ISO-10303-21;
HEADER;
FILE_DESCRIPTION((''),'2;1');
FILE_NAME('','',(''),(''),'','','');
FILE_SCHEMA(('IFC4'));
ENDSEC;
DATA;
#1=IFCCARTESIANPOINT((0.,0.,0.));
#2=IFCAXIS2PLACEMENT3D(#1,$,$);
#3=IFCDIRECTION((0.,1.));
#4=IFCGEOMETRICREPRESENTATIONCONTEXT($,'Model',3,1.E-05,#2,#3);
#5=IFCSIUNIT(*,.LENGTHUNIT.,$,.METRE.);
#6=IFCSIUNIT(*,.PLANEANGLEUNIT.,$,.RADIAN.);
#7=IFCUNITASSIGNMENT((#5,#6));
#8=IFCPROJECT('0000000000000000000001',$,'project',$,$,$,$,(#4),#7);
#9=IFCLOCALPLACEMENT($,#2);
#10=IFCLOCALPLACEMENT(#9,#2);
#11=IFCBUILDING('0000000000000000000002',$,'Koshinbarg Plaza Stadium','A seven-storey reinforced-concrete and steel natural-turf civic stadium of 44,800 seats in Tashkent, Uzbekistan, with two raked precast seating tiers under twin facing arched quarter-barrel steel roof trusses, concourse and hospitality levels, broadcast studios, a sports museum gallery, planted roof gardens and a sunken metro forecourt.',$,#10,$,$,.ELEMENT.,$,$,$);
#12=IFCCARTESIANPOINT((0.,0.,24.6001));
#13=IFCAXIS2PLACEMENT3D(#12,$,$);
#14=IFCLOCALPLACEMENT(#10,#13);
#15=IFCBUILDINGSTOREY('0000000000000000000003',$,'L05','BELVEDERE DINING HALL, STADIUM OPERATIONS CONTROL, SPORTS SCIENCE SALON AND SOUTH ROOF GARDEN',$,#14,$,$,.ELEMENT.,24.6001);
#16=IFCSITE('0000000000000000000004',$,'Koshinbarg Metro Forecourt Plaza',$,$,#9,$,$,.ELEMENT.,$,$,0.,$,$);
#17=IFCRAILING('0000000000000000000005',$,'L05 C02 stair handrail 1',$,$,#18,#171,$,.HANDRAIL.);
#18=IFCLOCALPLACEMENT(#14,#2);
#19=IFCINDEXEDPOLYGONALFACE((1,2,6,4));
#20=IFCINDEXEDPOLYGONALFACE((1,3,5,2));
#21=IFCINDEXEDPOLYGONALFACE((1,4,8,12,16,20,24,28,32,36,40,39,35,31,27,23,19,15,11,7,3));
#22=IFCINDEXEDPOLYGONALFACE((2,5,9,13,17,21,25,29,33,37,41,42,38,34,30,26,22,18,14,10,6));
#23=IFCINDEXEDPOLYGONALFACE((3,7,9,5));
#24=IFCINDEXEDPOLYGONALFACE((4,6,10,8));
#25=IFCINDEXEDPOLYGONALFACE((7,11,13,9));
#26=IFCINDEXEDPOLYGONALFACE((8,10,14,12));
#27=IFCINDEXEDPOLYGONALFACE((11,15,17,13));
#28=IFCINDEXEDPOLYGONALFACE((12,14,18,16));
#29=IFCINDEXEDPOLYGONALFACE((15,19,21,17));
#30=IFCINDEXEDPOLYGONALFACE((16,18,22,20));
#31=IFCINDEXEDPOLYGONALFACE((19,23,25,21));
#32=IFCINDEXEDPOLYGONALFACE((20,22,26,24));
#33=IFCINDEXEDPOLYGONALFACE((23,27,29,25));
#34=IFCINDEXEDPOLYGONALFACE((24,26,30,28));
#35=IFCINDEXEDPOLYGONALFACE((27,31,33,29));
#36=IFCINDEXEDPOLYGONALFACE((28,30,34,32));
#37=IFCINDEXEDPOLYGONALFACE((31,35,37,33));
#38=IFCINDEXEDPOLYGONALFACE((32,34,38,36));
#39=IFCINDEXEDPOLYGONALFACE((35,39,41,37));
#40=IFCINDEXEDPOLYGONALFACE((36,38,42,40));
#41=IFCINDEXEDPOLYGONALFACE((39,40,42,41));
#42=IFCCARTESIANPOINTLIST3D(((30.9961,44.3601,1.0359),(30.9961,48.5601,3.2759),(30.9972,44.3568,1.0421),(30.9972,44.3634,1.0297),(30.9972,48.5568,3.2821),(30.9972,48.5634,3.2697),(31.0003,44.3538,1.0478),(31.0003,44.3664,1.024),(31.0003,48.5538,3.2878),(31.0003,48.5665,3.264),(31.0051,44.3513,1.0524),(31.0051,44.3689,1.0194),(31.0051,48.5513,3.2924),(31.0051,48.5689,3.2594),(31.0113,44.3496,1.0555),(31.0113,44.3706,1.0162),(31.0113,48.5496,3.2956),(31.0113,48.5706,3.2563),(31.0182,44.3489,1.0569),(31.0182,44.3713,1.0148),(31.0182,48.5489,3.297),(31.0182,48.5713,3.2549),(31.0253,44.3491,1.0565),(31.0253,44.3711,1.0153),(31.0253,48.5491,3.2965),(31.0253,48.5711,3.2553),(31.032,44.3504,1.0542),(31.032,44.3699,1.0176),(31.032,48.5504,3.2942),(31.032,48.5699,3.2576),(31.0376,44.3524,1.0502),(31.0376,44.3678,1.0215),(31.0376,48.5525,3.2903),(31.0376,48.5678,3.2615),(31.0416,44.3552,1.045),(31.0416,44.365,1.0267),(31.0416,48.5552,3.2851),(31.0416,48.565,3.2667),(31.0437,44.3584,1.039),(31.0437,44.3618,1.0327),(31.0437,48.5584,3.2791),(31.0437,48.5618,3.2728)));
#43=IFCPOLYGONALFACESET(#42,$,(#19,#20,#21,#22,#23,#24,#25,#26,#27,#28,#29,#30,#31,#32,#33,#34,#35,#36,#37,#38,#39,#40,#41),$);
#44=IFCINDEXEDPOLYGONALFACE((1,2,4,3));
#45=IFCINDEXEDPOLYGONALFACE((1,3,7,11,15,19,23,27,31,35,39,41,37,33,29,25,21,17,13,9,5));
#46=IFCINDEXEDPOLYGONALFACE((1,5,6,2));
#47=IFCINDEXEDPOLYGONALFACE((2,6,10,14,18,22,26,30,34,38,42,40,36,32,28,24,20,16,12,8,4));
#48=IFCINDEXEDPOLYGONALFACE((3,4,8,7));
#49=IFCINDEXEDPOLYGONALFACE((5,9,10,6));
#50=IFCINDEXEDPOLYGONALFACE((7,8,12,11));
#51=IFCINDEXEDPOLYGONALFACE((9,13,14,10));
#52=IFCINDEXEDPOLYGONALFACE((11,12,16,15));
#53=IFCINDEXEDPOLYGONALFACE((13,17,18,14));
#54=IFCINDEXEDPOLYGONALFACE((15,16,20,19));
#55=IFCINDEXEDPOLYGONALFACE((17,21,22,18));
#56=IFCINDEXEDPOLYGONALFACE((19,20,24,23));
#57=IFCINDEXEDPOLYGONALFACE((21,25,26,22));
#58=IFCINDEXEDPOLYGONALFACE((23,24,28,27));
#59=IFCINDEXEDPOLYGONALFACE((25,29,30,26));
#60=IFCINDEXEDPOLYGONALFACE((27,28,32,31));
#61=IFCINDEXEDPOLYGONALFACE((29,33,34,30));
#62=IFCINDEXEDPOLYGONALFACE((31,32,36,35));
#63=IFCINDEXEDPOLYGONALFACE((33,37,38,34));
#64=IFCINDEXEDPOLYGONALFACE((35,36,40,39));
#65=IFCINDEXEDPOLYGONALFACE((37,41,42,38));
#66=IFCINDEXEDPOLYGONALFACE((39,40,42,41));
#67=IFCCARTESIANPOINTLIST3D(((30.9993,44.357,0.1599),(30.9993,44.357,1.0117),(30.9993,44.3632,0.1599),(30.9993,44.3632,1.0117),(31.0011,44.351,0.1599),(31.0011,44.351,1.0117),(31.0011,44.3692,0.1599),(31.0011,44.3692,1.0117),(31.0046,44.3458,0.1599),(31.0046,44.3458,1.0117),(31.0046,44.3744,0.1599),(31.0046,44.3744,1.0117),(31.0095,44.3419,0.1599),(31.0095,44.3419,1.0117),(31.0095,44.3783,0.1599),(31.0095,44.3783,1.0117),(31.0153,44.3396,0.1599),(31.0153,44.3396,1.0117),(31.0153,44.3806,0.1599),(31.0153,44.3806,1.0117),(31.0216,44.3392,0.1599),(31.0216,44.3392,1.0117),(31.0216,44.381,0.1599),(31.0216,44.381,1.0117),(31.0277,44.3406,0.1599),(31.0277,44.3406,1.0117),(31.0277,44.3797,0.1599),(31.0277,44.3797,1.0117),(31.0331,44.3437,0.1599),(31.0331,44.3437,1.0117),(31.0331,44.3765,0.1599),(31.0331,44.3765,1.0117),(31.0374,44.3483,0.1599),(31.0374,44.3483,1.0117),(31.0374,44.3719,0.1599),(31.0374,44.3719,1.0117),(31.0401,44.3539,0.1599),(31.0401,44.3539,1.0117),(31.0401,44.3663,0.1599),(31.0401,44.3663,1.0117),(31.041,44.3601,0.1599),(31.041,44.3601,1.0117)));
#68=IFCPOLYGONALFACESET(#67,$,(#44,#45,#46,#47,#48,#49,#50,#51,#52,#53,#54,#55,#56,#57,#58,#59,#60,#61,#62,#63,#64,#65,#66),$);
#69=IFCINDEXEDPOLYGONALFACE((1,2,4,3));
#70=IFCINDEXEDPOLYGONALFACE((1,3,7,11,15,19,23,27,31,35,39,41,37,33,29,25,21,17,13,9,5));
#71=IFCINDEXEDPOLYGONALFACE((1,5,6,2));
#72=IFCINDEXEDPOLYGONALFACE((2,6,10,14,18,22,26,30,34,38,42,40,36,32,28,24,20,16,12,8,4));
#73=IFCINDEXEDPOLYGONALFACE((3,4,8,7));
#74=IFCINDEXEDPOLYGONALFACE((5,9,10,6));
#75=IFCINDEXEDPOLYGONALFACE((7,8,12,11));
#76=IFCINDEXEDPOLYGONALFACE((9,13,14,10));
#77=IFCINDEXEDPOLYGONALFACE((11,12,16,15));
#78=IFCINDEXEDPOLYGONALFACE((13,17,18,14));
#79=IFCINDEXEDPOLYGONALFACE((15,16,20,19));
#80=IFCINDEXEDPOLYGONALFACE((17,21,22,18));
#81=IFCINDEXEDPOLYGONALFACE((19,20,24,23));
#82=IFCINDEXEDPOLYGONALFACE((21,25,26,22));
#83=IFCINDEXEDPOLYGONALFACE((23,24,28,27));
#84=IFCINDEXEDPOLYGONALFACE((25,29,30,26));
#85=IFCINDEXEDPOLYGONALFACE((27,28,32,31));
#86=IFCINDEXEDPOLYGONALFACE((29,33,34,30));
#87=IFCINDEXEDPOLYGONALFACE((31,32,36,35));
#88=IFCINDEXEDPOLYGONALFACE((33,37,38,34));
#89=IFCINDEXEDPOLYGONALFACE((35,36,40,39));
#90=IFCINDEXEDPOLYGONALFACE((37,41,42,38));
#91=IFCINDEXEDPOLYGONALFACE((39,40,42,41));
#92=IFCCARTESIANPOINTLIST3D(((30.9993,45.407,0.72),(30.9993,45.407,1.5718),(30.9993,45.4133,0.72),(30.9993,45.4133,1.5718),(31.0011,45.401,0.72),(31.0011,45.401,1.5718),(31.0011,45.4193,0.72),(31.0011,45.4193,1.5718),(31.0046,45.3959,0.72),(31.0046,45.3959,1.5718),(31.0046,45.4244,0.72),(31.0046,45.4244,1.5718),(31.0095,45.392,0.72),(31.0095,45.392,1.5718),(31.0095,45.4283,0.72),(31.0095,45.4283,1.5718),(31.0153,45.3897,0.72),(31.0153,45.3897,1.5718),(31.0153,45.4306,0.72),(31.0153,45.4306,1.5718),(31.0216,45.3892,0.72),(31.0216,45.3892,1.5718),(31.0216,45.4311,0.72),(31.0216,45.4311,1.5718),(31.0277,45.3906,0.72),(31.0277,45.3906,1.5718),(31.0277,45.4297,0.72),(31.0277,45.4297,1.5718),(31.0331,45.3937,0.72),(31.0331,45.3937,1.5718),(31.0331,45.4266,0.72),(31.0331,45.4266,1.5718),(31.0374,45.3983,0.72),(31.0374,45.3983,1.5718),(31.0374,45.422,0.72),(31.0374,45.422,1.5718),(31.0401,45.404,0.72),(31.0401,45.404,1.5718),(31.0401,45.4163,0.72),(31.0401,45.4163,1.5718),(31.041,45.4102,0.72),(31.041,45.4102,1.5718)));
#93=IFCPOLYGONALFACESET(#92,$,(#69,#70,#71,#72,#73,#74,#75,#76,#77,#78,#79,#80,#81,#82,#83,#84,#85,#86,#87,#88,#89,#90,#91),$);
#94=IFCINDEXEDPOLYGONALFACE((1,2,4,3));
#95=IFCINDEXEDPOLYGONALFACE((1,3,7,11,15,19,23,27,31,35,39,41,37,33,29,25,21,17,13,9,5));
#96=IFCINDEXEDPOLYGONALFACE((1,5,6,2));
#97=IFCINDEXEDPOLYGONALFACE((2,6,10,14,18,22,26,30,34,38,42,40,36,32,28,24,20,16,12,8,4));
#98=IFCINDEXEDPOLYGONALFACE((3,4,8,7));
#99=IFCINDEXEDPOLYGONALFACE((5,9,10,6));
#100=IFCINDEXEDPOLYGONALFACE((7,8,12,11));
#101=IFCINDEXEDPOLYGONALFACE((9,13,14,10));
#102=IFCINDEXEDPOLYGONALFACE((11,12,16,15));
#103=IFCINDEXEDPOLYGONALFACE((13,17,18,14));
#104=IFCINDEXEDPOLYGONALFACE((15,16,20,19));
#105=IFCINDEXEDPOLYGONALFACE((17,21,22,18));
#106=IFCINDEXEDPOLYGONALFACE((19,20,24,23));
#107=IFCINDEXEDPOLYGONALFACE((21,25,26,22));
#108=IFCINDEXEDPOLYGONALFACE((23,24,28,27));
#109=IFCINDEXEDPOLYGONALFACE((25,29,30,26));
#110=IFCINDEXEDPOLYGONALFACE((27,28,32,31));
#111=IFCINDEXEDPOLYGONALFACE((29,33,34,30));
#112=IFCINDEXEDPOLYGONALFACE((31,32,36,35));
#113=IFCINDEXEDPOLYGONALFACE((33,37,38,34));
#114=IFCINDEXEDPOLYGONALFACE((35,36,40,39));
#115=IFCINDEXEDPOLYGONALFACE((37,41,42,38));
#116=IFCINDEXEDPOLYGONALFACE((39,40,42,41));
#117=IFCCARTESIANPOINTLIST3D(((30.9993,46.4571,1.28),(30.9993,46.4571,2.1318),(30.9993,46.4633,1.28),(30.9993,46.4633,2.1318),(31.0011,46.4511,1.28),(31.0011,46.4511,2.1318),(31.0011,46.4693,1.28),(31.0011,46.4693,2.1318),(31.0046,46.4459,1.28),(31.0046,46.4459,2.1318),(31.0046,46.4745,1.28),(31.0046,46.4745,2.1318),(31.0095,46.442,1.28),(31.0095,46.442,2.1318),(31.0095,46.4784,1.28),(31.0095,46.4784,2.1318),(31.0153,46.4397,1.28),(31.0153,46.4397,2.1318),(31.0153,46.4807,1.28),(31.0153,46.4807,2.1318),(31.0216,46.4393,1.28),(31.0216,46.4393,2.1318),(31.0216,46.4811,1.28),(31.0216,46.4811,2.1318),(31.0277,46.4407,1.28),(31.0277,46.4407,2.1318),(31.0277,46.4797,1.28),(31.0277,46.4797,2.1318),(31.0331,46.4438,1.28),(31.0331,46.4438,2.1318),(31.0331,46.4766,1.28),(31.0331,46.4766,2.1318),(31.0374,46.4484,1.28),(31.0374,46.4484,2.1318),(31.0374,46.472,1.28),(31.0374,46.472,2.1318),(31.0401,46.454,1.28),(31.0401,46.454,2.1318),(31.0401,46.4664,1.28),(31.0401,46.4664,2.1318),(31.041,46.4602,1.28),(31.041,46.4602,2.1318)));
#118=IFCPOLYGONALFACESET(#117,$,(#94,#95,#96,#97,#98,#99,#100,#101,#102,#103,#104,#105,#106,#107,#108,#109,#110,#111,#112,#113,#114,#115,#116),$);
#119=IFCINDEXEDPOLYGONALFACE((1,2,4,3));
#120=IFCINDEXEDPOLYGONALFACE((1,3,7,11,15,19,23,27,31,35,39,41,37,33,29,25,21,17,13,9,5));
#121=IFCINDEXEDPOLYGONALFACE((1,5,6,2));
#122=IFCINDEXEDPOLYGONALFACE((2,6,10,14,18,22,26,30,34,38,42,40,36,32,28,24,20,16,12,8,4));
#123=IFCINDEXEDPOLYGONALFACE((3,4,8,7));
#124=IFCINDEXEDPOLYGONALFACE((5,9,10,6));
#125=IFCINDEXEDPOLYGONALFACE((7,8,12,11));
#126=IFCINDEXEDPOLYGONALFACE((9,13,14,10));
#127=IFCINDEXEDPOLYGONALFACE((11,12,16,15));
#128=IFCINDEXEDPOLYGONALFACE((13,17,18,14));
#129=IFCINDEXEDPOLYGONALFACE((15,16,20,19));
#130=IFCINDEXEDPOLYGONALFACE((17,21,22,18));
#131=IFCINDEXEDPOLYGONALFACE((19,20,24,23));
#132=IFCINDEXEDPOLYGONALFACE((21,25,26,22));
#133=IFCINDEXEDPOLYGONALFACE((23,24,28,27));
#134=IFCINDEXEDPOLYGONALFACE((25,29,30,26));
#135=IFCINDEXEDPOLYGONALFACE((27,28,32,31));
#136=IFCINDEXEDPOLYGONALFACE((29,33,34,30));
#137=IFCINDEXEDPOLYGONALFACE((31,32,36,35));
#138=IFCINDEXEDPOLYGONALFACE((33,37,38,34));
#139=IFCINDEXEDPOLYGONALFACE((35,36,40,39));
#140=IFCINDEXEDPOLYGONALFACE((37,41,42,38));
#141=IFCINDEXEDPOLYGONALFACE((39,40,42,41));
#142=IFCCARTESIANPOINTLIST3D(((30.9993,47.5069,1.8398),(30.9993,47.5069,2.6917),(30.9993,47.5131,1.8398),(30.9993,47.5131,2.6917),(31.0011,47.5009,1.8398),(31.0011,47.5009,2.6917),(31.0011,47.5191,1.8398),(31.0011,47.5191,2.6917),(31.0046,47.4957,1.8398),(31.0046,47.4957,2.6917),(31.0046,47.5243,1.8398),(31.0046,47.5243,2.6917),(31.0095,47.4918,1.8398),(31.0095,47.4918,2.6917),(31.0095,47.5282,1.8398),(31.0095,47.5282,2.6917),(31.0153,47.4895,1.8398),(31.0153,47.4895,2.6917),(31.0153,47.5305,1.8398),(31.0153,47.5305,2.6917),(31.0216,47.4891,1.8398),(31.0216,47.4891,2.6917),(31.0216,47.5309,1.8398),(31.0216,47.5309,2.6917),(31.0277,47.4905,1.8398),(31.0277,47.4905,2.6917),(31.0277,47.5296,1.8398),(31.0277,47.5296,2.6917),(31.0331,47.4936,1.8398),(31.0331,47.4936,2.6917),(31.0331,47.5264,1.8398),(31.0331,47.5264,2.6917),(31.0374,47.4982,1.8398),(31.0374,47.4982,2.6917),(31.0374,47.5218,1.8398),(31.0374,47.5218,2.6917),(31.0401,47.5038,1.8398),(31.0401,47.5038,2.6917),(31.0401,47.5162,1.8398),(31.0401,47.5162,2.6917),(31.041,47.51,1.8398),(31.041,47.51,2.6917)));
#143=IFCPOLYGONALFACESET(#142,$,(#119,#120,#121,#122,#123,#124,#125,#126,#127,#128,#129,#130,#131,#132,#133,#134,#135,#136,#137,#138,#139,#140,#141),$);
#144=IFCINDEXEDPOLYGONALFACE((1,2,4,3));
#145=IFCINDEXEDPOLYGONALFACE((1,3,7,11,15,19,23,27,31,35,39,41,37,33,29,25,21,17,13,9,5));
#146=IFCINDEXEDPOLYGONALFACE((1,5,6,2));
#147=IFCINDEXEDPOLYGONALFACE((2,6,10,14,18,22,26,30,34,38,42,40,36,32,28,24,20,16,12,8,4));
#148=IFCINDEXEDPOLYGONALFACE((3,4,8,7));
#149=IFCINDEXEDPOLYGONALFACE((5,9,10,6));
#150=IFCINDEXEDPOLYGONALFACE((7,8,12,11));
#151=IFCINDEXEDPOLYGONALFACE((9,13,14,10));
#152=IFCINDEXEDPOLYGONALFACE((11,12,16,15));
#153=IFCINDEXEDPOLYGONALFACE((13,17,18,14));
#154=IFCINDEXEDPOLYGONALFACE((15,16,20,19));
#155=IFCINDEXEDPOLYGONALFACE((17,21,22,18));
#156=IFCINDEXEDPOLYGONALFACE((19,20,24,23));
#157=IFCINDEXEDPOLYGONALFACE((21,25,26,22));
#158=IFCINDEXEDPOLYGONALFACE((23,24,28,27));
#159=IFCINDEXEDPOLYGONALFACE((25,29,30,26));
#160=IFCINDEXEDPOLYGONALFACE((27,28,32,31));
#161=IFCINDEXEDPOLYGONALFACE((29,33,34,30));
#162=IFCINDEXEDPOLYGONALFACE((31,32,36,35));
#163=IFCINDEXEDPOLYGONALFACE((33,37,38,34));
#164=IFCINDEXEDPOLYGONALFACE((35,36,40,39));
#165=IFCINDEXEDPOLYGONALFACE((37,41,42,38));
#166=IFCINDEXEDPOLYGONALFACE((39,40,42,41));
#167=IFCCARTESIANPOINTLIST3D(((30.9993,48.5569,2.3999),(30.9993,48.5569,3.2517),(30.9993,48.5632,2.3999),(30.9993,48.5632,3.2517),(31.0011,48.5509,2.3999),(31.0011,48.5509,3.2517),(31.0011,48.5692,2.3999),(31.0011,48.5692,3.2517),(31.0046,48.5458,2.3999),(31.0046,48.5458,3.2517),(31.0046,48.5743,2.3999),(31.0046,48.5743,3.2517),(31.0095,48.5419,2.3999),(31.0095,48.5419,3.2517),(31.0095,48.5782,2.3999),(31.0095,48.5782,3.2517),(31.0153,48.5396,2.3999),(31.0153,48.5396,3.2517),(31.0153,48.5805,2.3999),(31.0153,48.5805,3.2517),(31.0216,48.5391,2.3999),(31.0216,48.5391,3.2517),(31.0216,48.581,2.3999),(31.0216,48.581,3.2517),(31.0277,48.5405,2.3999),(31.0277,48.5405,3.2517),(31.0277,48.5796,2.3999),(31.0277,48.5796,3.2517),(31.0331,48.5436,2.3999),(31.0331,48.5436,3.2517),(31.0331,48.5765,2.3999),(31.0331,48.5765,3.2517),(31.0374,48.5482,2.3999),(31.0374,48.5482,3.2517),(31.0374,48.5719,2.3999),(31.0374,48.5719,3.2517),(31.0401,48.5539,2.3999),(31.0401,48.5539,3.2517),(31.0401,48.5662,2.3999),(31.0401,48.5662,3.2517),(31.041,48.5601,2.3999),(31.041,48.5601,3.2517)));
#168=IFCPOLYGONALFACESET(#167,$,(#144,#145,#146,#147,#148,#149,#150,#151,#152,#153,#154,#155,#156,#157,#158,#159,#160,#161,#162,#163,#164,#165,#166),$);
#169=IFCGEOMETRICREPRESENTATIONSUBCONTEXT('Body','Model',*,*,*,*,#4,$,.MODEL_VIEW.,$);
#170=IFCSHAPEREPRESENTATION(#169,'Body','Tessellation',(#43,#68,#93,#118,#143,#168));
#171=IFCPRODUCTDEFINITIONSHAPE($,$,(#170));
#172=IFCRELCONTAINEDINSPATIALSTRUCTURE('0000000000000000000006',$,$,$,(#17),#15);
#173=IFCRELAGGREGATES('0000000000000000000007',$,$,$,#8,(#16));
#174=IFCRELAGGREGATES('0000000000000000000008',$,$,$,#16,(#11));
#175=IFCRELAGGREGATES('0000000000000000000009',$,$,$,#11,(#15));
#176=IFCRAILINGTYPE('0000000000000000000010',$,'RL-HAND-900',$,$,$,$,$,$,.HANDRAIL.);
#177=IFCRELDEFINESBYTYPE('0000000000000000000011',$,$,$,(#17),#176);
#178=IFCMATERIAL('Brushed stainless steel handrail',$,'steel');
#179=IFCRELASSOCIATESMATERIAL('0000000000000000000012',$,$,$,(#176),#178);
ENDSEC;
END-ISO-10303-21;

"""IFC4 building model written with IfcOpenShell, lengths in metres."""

from ifc_helpers import new_model, si_unit, direction, frame, origin, origin_2d, place, context, subcontext, project, spatial, circle, extrude, material, type_object, element, save


model = new_model("IFC4")

# Units and contexts
model_context = context("Model", 3, precision=1e-05, world=origin(), true_north=direction((0.0, 1.0)))
body_context = subcontext(model_context, "Body", "Model", "MODEL_VIEW")
ifc_project = project(units=[si_unit("LENGTHUNIT", "METRE"), si_unit("PLANEANGLEUNIT", "RADIAN")], contexts=[model_context])

# Site, building, storey
site_placement = place(None, origin())
site = spatial("IfcSite", under=ifc_project, at=site_placement, Name="Koshinbarg Metro Forecourt Plaza", CompositionType="ELEMENT", RefElevation=0.0)
building_placement = place(site_placement, origin())
building = spatial("IfcBuilding", under=site, at=building_placement, Name="Koshinbarg Plaza Stadium", Description="A seven-storey reinforced-concrete and steel natural-turf civic stadium of 44,800 seats in Tashkent, Uzbekistan, with two raked precast seating tiers under twin facing arched quarter-barrel steel roof trusses, concourse and hospitality levels, broadcast studios, a sports museum gallery, planted roof gardens and a sunken metro forecourt.", CompositionType="ELEMENT")
storey_placement = place(building_placement, frame((0.0, 0.0, 24.6001)))
storey = spatial("IfcBuildingStorey", under=building, at=storey_placement, Name="L05", Description="BELVEDERE DINING HALL, STADIUM OPERATIONS CONTROL, SPORTS SCIENCE SALON AND SOUTH ROOF GARDEN", CompositionType="ELEMENT", Elevation=24.6001)

# Railing
ifc_material_1 = material(Name="Brushed stainless steel handrail", Category="steel")
railing_type_1 = type_object("IfcRailingType", Name="RL-HAND-900", PredefinedType="HANDRAIL", material=ifc_material_1)
railing_1_placement = place(storey_placement, frame((31.02, 44.3601, 0.1599)))
element("IfcRailing", 1, at=railing_1_placement, inside=storey, type_object=railing_type_1, Name="L05 C02 stair handrail 1", PredefinedType="HANDRAIL", context=body_context, shape_type="SweptSolid", body=[
    extrude(circle(Radius=0.0239, at=origin_2d()), frame((0.0, 0.0, 0.876), z_axis=(0.0, 0.882352, 0.470591), x_axis=(-1.0, 0.0, 0.0)), (0.0, 0.0, 1.0), 4.76),
    extrude(circle(Radius=0.021, at=origin_2d()), origin(), (0.0, 0.0, 1.0), 0.8518),
    extrude(circle(Radius=0.021, at=origin_2d()), frame((0.0, 1.05, 0.5601)), (0.0, 0.0, 1.0), 0.8518),
    extrude(circle(Radius=0.021, at=origin_2d()), frame((0.0, 2.1001, 1.1201)), (0.0, 0.0, 1.0), 0.8518),
    extrude(circle(Radius=0.021, at=origin_2d()), frame((0.0, 3.1499, 1.6799)), (0.0, 0.0, 1.0), 0.8518),
    extrude(circle(Radius=0.021, at=origin_2d()), frame((0.0, 4.2, 2.24)), (0.0, 0.0, 1.0), 0.8518),
])

save(model, "model.ifc")
